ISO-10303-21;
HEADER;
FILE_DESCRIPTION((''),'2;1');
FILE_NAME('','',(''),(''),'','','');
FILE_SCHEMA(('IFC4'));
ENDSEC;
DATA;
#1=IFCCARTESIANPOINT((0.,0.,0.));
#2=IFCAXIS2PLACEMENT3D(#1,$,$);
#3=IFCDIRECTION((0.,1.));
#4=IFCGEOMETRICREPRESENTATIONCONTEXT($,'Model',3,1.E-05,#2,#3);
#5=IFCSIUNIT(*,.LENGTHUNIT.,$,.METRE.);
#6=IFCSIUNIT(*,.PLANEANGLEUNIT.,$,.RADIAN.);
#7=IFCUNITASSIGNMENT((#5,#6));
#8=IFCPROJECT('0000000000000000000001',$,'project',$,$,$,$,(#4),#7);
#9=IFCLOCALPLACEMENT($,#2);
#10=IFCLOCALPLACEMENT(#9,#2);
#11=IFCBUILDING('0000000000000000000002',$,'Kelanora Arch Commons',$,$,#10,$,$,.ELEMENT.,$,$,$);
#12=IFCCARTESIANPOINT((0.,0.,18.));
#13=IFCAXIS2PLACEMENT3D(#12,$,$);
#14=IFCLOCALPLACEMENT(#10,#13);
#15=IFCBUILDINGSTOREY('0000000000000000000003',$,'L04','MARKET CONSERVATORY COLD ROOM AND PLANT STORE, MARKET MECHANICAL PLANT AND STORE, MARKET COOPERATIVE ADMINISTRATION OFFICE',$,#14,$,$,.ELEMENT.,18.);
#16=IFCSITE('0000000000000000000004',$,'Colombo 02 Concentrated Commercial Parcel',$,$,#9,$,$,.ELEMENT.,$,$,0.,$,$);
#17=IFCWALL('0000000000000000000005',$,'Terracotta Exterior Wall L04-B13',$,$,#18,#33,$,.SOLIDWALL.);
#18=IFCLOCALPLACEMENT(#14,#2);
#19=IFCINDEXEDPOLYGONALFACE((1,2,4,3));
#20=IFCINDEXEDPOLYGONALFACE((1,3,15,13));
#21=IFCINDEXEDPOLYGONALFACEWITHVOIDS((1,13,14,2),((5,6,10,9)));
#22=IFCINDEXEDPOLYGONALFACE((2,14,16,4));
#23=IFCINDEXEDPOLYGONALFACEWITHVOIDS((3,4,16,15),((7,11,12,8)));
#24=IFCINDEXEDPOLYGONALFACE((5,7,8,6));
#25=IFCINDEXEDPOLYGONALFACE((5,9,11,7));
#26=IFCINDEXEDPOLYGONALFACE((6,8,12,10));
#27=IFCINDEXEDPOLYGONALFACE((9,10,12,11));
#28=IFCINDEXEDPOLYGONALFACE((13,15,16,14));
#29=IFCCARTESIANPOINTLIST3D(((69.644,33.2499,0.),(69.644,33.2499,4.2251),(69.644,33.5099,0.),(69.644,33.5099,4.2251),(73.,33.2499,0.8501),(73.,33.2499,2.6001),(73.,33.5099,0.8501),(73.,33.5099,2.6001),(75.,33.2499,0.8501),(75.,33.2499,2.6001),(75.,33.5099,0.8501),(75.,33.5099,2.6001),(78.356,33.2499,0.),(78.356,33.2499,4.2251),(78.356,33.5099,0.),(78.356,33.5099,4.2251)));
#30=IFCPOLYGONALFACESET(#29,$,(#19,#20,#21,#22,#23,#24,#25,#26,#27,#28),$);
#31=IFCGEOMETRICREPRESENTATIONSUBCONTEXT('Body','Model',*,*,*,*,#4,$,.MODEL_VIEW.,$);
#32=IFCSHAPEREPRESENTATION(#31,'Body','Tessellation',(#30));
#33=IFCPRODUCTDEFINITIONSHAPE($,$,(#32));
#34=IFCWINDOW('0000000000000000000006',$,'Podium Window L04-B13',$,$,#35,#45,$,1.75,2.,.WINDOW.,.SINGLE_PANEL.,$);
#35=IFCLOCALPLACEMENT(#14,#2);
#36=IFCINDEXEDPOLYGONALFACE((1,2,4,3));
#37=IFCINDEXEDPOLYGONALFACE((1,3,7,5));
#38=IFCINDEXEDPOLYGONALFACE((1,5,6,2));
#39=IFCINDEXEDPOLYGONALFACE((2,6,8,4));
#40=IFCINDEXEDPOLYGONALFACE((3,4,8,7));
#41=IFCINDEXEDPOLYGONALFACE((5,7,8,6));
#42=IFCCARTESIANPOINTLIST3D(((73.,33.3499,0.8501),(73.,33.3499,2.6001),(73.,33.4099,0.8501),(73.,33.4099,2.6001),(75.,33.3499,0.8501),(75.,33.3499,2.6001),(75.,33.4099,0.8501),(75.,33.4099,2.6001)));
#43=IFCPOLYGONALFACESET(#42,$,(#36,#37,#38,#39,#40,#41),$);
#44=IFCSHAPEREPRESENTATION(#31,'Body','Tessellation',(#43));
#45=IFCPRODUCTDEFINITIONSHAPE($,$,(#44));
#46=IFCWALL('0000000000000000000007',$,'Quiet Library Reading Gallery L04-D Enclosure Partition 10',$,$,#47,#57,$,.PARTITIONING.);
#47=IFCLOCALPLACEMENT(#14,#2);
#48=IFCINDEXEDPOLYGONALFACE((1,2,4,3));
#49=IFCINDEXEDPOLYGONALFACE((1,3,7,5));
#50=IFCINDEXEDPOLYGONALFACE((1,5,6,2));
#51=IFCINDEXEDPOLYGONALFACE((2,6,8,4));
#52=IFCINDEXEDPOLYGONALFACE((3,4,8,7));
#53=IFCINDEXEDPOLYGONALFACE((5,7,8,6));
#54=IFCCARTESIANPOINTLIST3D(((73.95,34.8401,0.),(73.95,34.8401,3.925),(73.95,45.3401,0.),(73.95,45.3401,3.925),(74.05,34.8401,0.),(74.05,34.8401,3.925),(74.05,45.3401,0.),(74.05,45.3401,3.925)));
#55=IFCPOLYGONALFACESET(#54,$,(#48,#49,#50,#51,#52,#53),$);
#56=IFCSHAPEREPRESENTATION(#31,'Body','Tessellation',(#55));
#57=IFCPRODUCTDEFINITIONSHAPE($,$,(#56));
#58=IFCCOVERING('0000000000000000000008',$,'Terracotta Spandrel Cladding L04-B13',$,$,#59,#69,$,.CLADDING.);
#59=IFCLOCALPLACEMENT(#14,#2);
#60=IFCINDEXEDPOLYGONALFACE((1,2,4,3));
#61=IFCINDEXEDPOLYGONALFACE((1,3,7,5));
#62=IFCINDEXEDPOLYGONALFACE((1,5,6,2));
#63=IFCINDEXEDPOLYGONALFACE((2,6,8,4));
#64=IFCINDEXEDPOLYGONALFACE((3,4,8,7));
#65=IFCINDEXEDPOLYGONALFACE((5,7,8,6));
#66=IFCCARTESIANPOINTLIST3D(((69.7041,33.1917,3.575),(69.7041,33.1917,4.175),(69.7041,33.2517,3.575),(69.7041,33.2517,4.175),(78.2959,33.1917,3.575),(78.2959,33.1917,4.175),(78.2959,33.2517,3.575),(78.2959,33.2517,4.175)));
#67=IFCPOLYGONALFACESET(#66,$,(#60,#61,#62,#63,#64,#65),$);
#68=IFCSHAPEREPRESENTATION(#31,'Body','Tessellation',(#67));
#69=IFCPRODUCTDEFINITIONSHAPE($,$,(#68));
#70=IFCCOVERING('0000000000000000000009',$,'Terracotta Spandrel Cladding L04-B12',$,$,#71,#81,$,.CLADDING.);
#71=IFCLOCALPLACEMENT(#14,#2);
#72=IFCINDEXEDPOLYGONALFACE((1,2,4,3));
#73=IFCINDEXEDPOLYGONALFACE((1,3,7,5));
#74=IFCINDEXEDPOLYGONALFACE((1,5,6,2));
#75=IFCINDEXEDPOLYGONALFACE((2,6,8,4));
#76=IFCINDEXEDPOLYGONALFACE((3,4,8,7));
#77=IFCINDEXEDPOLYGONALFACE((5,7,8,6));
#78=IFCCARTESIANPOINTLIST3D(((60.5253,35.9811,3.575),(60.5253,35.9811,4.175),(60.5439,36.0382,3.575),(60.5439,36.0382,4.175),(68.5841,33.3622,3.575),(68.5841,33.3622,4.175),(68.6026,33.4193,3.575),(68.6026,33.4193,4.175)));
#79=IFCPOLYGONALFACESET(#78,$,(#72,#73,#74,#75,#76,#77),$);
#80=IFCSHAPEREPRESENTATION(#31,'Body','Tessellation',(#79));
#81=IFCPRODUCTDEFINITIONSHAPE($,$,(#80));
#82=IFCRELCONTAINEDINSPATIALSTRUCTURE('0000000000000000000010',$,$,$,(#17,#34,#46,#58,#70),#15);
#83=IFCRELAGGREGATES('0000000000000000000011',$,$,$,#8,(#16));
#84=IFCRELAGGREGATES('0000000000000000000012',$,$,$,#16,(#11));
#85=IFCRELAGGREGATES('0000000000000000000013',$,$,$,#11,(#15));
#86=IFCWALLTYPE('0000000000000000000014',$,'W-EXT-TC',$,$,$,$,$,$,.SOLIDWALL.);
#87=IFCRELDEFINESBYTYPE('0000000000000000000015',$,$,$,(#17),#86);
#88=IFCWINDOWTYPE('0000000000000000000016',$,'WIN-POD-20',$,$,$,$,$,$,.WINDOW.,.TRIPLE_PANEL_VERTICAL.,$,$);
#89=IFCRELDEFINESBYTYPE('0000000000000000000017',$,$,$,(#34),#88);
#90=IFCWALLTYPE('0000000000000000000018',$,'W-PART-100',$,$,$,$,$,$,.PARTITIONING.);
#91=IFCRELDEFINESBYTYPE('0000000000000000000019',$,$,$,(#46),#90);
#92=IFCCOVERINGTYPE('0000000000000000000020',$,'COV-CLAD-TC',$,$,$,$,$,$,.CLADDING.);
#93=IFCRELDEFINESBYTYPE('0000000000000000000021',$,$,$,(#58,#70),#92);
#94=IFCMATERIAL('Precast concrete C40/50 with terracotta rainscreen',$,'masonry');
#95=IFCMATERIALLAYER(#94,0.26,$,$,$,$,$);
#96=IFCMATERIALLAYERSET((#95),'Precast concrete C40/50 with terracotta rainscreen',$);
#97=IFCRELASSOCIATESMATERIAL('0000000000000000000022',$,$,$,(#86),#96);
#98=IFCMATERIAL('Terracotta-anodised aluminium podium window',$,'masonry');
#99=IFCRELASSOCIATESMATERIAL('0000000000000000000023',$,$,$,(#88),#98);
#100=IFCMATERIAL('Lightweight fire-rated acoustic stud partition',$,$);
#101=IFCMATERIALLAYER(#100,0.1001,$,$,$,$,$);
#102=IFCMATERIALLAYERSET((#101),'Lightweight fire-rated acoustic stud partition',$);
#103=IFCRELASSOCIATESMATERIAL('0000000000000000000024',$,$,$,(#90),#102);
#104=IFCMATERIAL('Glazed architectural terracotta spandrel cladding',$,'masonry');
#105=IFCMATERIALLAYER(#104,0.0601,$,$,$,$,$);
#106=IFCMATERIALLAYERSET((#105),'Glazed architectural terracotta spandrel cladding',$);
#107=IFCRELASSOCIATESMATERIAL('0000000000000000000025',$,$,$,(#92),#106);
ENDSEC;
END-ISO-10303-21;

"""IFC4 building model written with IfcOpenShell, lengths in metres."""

from ifc_helpers import new_model, si_unit, direction, frame, frame_2d, origin, origin_2d, place, context, subcontext, project, spatial, rectangle, extrude, source, transform, mapped, material, layer, layer_set, type_object, element, fill, save


model = new_model("IFC4")

# Units and contexts
model_context = context("Model", 3, precision=1e-05, world=origin(), true_north=direction((0.0, 1.0)))
body_context = subcontext(model_context, "Body", "Model", "MODEL_VIEW")
ifc_project = project(units=[si_unit("LENGTHUNIT", "METRE"), si_unit("PLANEANGLEUNIT", "RADIAN")], contexts=[model_context])

# Site, building, storey
site_placement = place(None, origin())
site = spatial("IfcSite", under=ifc_project, at=site_placement, Name="Colombo 02 Concentrated Commercial Parcel", CompositionType="ELEMENT", RefElevation=0.0)
building_placement = place(site_placement, origin())
building = spatial("IfcBuilding", under=site, at=building_placement, Name="Kelanora Arch Commons", CompositionType="ELEMENT")
storey_placement = place(building_placement, frame((0.0, 0.0, 18.0)))
storey = spatial("IfcBuildingStorey", under=building, at=storey_placement, Name="L04", Description="MARKET CONSERVATORY COLD ROOM AND PLANT STORE, MARKET MECHANICAL PLANT AND STORE, MARKET COOPERATIVE ADMINISTRATION OFFICE", CompositionType="ELEMENT", Elevation=18.0)

# Wall, opening, window
ifc_material_1 = material(Name="Precast concrete C40/50 with terracotta rainscreen", Category="masonry")
ifc_layer_1 = layer(ifc_material_1, 0.26)
ifc_layer_set_1 = layer_set([ifc_layer_1], Name="Precast concrete C40/50 with terracotta rainscreen")
wall_type_1 = type_object("IfcWallType", Name="W-EXT-TC", PredefinedType="SOLIDWALL", material=ifc_layer_set_1)
wall_1_placement = place(storey_placement, frame((69.644, 33.3799, 0.0), z_axis=(0.0, 0.0, 1.0), x_axis=(1.0, 0.0, 0.0)))
wall_1 = element("IfcWall", 1, at=wall_1_placement, inside=storey, type_object=wall_type_1, Name="Terracotta Exterior Wall L04-B13", PredefinedType="SOLIDWALL", context=body_context, shape_type="SweptSolid", body=[
    extrude(rectangle(XDim=8.7119, YDim=0.26, at=frame_2d((4.356, 0.0))), origin(), (0.0, 0.0, 1.0), 4.2251),
])
opening_placement = place(wall_1_placement, frame((3.356, 0.0, 0.8501)))
opening = element("IfcOpeningElement", 2, at=opening_placement, cuts=wall_1, PredefinedType="OPENING", context=body_context, shape_type="SweptSolid", body=[
    extrude(rectangle(XDim=2.0, YDim=1.75, at=frame_2d((1.0, 0.875))), frame((0.0, 0.1401, 0.0), z_axis=(0.0, -1.0, 0.0), x_axis=(1.0, 0.0, 0.0)), (0.0, 0.0, 1.0), 0.28),
])
ifc_material_2 = material(Name="Terracotta-anodised aluminium podium window", Category="masonry")
window_type = type_object("IfcWindowType", Name="WIN-POD-20", PartitioningType="TRIPLE_PANEL_VERTICAL", PredefinedType="WINDOW", material=ifc_material_2)
window_placement = place(opening_placement, origin())
window = element("IfcWindow", 3, at=window_placement, inside=storey, type_object=window_type, Name="Podium Window L04-B13", OverallHeight=1.75, OverallWidth=2.0, PartitioningType="SINGLE_PANEL", PredefinedType="WINDOW", context=body_context, shape_type="SweptSolid", body=[
    extrude(rectangle(XDim=2.0, YDim=1.75, at=frame_2d((1.0, 0.875))), frame((0.0, 0.03, 0.0), z_axis=(0.0, -1.0, 0.0), x_axis=(1.0, 0.0, 0.0)), (0.0, 0.0, 1.0), 0.0601),
])
fill(opening, window)

# Wall
ifc_material_3 = material(Name="Lightweight fire-rated acoustic stud partition")
ifc_layer_2 = layer(ifc_material_3, 0.1001)
ifc_layer_set_2 = layer_set([ifc_layer_2], Name="Lightweight fire-rated acoustic stud partition")
wall_type_2 = type_object("IfcWallType", Name="W-PART-100", PredefinedType="PARTITIONING", material=ifc_layer_set_2)
wall_2_placement = place(storey_placement, frame((74.0, 34.8401, 0.0), z_axis=(0.0, 0.0, 1.0), x_axis=(0.0, 1.0, 0.0)))
element("IfcWall", 4, at=wall_2_placement, inside=storey, type_object=wall_type_2, Name="Quiet Library Reading Gallery L04-D Enclosure Partition 10", PredefinedType="PARTITIONING", context=body_context, shape_type="SweptSolid", body=[
    extrude(rectangle(XDim=10.5, YDim=0.1001, at=frame_2d((5.25, 0.0))), origin(), (0.0, 0.0, 1.0), 3.925),
])

# Coverings
ifc_material_4 = material(Name="Glazed architectural terracotta spandrel cladding", Category="masonry")
ifc_layer_3 = layer(ifc_material_4, 0.0601)
ifc_layer_set_3 = layer_set([ifc_layer_3], Name="Glazed architectural terracotta spandrel cladding")
covering_type = type_object("IfcCoveringType", Name="COV-CLAD-TC", PredefinedType="CLADDING", material=ifc_layer_set_3)
shared_shape_1 = source(origin(), body_context, "Body", "SweptSolid", [
    extrude(rectangle(XDim=8.5918, YDim=0.0601, at=origin_2d()), origin(), (0.0, 0.0, 1.0), 0.6001),
])
covering_1_placement = place(storey_placement, frame((74.0, 33.2217, 3.575), z_axis=(0.0, 0.0, 1.0), x_axis=(1.0, 0.0, 0.0)))
element("IfcCovering", 5, at=covering_1_placement, inside=storey, type_object=covering_type, Name="Terracotta Spandrel Cladding L04-B13", PredefinedType="CLADDING", context=body_context, shape_type="MappedRepresentation", body=[
    mapped(shared_shape_1, transform((0.0, 0.0, 0.0), scale=1.0)),
])
shared_shape_2 = source(origin(), body_context, "Body", "SweptSolid", [
    extrude(rectangle(XDim=8.4736, YDim=0.0601, at=origin_2d()), origin(), (0.0, 0.0, 1.0), 0.6001),
])
covering_2_placement = place(storey_placement, frame((64.564, 34.7002, 3.575), z_axis=(0.0, 0.0, 1.0), x_axis=(0.951041, -0.309066, 0.0)))
element("IfcCovering", 6, at=covering_2_placement, inside=storey, type_object=covering_type, Name="Terracotta Spandrel Cladding L04-B12", PredefinedType="CLADDING", context=body_context, shape_type="MappedRepresentation", body=[
    mapped(shared_shape_2, transform((0.0, 0.0, 0.0), scale=1.0)),
])

save(model, "model.ifc")
